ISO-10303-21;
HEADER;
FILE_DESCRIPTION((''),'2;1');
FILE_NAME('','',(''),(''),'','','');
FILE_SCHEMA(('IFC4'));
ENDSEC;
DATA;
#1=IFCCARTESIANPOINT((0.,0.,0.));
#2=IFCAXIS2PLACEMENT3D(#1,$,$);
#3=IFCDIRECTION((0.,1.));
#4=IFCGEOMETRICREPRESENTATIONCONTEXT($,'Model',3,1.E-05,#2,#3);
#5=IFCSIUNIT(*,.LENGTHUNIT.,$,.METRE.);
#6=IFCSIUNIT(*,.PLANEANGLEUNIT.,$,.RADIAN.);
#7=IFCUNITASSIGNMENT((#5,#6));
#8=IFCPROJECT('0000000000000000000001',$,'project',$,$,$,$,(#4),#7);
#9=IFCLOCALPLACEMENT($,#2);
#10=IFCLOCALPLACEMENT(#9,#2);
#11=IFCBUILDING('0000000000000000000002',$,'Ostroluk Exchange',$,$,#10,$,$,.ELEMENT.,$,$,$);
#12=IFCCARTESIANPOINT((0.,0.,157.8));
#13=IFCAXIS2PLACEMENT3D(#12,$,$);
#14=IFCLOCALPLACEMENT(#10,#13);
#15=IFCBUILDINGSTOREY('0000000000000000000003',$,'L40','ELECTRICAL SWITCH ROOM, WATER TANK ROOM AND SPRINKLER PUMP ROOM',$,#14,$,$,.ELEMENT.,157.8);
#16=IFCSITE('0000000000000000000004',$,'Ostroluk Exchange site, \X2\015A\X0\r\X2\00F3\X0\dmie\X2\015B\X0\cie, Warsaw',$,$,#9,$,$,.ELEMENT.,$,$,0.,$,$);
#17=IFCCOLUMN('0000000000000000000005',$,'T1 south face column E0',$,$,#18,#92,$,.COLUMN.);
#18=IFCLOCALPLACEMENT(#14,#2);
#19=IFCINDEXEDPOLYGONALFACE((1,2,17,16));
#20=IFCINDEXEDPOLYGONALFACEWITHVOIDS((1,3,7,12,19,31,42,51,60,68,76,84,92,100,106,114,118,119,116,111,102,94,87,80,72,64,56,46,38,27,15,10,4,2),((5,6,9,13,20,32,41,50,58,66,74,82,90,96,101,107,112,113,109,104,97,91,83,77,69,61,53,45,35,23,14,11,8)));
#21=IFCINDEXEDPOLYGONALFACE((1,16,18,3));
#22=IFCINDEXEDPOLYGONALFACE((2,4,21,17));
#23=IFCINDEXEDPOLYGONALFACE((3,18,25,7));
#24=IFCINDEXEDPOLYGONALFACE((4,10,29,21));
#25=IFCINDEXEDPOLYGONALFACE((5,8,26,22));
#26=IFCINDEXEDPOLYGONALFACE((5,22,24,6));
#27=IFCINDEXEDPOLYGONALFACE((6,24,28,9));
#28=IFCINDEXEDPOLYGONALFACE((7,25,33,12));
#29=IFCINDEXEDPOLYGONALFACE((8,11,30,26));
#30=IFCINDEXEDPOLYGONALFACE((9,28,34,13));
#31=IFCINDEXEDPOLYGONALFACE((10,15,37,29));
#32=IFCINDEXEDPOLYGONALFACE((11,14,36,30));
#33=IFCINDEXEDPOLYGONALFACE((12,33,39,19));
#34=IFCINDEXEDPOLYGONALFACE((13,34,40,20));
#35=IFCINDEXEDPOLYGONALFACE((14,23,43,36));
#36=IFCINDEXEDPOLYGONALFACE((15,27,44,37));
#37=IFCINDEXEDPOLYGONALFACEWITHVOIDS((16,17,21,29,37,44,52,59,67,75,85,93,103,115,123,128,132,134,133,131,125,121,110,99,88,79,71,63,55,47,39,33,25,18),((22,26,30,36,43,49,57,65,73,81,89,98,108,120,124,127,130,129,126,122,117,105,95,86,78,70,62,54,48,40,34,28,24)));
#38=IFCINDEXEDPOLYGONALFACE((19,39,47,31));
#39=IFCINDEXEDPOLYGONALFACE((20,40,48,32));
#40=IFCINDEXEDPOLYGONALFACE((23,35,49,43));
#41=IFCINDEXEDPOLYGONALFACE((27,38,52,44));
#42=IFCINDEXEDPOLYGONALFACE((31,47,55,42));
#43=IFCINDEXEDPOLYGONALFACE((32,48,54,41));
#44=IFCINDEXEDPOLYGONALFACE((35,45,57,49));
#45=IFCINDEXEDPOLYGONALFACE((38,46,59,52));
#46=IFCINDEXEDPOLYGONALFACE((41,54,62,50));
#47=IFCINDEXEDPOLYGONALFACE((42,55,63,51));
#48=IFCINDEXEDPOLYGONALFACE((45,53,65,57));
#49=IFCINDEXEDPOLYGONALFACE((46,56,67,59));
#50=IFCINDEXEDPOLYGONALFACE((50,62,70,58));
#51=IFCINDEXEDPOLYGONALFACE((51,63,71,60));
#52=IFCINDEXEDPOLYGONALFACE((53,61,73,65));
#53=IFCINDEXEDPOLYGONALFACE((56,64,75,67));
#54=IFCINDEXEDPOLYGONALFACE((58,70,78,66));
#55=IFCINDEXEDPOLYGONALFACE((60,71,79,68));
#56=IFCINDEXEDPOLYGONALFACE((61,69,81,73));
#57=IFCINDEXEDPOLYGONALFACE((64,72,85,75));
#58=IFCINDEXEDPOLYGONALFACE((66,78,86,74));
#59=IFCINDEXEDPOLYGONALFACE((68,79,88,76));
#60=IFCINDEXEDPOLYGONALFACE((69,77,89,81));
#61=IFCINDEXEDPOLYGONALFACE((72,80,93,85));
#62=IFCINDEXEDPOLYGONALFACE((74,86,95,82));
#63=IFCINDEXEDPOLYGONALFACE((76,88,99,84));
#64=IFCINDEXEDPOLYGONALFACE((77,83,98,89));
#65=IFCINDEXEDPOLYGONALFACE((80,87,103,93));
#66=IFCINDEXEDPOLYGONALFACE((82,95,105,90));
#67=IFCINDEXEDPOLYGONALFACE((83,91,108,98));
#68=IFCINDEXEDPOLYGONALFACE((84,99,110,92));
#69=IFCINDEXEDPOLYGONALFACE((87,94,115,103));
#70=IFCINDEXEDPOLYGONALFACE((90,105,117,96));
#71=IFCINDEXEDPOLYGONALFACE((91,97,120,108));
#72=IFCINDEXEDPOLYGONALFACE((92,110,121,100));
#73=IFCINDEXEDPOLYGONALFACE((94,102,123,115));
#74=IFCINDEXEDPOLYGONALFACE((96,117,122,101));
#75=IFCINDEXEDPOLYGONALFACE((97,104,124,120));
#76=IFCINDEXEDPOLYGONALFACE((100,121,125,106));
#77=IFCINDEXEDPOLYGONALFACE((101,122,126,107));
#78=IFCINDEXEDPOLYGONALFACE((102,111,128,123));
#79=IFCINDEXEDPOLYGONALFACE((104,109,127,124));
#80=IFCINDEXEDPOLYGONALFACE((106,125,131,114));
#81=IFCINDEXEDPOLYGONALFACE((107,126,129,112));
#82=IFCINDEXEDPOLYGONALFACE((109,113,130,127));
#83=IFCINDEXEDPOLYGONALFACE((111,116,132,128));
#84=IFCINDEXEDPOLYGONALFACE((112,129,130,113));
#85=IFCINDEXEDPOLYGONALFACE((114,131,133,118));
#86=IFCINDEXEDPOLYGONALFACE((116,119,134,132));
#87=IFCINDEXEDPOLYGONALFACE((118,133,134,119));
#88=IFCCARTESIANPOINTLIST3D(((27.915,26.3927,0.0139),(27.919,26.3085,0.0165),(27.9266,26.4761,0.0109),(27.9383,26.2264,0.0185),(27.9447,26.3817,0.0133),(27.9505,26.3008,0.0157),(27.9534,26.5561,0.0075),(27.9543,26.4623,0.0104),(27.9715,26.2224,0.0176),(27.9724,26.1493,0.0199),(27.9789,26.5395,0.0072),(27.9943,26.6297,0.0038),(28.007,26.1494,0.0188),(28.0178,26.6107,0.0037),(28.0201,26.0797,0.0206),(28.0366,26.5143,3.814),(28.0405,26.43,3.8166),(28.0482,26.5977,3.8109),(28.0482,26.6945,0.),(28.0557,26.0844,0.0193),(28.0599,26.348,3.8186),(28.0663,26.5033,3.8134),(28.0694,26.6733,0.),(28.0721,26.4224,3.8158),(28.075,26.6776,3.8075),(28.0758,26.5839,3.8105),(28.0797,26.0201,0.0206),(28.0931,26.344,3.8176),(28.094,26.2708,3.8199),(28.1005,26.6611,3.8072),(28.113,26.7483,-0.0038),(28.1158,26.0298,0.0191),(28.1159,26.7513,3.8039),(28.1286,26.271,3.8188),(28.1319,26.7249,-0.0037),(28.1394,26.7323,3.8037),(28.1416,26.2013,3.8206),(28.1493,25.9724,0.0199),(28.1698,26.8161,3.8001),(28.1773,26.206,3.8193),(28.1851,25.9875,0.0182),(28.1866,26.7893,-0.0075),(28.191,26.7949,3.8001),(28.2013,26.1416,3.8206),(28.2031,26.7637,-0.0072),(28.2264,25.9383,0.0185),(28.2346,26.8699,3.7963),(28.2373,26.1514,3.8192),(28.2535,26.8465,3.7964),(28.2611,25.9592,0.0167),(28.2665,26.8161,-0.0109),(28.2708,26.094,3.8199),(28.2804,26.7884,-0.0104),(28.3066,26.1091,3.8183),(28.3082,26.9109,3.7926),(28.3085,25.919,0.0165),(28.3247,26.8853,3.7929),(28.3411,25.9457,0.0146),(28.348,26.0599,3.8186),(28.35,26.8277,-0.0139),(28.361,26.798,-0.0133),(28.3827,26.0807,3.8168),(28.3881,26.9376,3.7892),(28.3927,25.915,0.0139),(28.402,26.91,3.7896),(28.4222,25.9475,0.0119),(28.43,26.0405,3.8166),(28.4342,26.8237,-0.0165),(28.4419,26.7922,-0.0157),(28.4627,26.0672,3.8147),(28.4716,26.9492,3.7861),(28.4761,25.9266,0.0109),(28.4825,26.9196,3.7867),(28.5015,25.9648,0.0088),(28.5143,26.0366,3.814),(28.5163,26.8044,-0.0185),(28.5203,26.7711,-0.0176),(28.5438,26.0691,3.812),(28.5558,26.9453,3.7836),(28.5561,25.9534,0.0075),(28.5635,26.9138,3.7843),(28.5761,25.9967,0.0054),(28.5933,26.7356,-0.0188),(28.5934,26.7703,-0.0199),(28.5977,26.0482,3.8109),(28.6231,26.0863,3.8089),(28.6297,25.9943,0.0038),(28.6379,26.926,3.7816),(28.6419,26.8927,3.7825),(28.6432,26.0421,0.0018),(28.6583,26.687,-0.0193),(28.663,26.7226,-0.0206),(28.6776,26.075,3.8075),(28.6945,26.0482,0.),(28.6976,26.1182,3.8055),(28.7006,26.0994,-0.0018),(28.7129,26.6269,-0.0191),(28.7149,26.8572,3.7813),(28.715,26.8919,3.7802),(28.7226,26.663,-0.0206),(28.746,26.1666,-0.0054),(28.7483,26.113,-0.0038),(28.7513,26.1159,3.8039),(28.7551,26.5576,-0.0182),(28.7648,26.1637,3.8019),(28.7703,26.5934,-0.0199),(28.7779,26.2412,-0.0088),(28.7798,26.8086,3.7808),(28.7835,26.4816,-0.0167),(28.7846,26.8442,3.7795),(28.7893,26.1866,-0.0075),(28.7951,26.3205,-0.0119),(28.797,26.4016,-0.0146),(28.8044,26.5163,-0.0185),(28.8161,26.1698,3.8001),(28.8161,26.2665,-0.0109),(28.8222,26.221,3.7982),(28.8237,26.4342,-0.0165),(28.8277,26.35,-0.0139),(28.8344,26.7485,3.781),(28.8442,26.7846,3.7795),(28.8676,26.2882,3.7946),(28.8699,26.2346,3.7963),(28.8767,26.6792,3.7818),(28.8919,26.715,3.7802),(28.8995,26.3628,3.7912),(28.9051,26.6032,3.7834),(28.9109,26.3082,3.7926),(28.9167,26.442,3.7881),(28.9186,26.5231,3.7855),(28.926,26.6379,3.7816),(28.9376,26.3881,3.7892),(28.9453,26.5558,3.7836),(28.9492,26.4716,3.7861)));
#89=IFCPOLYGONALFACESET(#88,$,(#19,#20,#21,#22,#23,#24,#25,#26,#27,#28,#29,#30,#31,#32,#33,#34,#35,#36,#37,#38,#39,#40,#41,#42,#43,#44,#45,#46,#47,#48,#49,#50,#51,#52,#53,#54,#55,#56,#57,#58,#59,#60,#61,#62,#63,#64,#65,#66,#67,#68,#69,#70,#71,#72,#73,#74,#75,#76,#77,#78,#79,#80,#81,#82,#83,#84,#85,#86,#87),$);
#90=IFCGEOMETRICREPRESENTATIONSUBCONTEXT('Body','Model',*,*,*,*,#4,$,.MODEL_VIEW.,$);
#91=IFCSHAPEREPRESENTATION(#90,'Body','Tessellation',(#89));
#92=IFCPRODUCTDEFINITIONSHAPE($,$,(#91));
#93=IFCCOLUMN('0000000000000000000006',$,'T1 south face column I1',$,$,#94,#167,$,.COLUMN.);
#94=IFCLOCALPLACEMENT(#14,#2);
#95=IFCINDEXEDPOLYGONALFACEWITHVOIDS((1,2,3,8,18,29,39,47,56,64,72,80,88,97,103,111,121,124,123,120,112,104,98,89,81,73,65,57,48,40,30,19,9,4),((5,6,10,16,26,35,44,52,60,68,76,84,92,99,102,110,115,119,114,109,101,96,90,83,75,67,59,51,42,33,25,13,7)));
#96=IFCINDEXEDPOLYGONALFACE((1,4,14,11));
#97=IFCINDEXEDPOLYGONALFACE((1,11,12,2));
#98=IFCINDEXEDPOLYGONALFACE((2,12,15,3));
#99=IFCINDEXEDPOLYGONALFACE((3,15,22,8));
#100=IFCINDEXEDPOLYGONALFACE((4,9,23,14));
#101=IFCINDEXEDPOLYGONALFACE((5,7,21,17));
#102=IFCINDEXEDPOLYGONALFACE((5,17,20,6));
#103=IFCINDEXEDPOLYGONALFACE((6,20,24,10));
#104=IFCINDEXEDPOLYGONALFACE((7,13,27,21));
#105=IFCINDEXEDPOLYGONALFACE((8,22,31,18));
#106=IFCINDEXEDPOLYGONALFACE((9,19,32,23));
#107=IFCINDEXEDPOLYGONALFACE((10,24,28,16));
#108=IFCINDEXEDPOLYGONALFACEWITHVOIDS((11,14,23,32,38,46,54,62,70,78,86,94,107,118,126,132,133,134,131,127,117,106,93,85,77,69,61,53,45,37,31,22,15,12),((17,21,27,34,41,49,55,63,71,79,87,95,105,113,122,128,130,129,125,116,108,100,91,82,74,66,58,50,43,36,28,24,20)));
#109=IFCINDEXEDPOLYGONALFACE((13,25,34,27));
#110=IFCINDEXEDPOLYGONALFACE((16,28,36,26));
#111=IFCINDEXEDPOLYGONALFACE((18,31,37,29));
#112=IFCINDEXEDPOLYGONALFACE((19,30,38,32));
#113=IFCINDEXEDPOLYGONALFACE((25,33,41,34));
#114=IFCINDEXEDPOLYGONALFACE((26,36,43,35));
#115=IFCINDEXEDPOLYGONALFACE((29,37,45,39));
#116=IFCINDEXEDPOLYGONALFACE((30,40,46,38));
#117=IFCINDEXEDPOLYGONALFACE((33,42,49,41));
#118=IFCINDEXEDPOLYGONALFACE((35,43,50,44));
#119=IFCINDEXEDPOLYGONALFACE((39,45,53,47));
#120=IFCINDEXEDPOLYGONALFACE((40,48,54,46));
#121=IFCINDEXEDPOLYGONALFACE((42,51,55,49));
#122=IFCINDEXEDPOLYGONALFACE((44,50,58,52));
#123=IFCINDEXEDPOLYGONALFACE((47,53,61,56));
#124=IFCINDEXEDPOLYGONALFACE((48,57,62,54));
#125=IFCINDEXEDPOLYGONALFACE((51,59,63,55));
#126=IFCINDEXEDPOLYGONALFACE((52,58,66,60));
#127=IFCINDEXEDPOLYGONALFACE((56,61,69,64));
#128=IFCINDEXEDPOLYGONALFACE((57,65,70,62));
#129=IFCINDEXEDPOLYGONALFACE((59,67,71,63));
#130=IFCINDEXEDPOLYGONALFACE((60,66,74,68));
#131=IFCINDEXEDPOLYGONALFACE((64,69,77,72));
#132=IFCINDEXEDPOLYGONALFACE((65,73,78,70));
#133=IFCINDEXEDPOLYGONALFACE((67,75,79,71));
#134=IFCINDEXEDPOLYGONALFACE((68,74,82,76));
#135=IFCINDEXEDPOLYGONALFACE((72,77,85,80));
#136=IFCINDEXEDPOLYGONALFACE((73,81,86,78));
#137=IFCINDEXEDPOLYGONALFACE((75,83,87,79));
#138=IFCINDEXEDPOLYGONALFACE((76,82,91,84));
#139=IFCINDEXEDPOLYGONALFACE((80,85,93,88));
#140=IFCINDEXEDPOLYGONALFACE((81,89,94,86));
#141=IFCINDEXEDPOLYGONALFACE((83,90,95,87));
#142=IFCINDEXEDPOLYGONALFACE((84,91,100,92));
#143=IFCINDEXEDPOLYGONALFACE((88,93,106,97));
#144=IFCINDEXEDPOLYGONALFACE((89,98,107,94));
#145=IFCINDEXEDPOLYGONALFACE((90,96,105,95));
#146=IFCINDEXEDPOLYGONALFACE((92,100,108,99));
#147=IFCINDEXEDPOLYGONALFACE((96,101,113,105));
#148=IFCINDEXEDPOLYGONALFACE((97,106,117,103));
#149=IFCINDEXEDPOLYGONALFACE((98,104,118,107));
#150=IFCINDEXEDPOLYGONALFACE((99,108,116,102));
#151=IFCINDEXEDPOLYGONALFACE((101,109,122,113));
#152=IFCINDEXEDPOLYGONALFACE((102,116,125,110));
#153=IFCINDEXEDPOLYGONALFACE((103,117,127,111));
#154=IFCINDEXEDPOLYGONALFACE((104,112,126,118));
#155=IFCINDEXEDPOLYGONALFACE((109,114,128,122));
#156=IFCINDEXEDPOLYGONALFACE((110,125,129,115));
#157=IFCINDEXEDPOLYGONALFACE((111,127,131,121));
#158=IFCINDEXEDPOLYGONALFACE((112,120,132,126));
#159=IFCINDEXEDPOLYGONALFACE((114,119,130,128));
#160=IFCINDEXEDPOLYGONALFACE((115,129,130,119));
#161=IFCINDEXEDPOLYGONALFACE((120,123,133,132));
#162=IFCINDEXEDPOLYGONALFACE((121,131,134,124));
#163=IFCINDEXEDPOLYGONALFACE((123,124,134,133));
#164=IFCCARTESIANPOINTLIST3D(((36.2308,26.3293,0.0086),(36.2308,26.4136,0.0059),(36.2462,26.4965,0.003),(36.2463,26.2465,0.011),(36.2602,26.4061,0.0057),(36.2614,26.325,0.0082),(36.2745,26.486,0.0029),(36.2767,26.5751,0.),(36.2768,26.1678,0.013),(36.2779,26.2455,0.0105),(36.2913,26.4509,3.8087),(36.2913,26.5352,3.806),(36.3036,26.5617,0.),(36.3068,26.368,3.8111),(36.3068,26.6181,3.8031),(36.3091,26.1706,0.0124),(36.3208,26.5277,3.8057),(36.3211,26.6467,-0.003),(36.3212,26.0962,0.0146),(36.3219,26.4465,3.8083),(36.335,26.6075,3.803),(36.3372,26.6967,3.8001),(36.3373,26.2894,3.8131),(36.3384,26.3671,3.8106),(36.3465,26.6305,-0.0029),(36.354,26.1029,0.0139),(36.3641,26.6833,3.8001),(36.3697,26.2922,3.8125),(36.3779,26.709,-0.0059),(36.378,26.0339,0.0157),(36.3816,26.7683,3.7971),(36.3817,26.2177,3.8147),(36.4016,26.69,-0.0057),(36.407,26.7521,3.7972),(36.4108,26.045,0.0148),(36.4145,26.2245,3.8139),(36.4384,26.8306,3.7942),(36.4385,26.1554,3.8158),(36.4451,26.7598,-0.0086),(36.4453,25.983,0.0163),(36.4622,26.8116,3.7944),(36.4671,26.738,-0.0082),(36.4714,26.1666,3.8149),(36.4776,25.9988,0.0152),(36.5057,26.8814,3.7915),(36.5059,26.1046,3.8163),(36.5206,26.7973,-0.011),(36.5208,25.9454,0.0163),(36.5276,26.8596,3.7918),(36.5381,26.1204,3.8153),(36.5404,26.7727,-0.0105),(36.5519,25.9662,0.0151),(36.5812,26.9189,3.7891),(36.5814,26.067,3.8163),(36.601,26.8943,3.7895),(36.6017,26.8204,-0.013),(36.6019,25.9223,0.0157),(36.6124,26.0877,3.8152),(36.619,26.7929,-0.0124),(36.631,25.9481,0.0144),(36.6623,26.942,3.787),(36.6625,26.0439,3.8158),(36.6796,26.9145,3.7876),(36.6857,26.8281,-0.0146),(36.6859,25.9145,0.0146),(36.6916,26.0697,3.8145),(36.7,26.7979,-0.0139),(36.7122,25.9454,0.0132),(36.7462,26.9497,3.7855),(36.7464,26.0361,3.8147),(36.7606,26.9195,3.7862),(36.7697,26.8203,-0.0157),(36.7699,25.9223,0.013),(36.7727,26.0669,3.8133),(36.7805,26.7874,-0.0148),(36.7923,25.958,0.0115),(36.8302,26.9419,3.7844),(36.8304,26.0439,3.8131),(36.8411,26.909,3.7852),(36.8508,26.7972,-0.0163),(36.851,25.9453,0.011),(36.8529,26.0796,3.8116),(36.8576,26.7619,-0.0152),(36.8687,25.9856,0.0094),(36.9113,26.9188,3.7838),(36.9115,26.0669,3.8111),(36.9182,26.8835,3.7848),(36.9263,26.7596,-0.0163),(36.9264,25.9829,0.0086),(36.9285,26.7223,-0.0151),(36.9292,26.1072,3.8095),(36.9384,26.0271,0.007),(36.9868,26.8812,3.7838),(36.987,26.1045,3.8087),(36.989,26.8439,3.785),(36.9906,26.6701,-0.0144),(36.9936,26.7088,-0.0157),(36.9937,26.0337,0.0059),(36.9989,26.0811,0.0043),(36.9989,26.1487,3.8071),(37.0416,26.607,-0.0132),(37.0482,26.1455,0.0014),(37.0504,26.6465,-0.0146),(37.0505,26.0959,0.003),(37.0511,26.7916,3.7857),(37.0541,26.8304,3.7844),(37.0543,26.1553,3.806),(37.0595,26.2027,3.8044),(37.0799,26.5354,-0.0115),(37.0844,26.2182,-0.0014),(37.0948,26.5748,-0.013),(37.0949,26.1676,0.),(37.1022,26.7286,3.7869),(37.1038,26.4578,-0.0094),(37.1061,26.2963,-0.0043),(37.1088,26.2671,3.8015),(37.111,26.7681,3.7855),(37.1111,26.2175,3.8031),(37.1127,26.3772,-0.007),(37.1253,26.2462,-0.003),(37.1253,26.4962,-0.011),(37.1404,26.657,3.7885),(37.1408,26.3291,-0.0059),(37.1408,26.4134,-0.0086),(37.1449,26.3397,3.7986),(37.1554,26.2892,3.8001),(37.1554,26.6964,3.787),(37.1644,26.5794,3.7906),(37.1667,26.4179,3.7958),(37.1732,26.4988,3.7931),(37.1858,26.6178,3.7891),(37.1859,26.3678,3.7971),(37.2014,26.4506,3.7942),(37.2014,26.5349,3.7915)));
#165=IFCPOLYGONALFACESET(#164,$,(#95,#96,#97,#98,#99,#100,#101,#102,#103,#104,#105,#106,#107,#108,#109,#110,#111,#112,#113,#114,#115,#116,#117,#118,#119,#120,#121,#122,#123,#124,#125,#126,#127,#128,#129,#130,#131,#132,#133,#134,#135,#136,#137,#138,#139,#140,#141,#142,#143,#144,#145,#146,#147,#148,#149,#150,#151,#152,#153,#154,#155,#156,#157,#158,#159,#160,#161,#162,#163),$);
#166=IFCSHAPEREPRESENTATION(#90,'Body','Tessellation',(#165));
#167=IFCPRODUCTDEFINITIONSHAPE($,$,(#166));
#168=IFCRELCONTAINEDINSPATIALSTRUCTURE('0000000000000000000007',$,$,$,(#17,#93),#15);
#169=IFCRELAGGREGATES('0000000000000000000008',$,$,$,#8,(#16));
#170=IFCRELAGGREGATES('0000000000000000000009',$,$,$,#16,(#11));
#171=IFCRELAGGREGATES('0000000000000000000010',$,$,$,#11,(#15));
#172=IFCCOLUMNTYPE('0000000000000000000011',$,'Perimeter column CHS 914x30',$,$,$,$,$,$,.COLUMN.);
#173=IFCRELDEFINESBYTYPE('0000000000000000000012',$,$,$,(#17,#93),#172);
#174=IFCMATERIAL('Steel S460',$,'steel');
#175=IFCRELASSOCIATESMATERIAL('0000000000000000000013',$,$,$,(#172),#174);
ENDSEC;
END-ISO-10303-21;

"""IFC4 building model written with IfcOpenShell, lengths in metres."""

from ifc_helpers import new_model, si_unit, direction, frame, origin, origin_2d, place, context, subcontext, project, spatial, hollow_circle, extrude, material, material_profile, profile_set, type_object, element, save


model = new_model("IFC4")

# Units and contexts
model_context = context("Model", 3, precision=1e-05, world=origin(), true_north=direction((0.0, 1.0)))
body_context = subcontext(model_context, "Body", "Model", "MODEL_VIEW")
ifc_project = project(units=[si_unit("LENGTHUNIT", "METRE"), si_unit("PLANEANGLEUNIT", "RADIAN")], contexts=[model_context])

# Site, building, storey
site_placement = place(None, origin())
site = spatial("IfcSite", under=ifc_project, at=site_placement, Name="Ostroluk Exchange site, Śródmieście, Warsaw", CompositionType="ELEMENT", RefElevation=0.0)
building_placement = place(site_placement, origin())
building = spatial("IfcBuilding", under=site, at=building_placement, Name="Ostroluk Exchange", CompositionType="ELEMENT")
storey_placement = place(building_placement, frame((0.0, 0.0, 157.8)))
storey = spatial("IfcBuildingStorey", under=building, at=storey_placement, Name="L40", Description="ELECTRICAL SWITCH ROOM, WATER TANK ROOM AND SPRINKLER PUMP ROOM", CompositionType="ELEMENT", Elevation=157.8)

# Columns
ifc_material_1 = material(Name="Steel S460", Category="steel")
ifc_material_profile_1 = material_profile(ifc_material_1, hollow_circle(Radius=0.457, WallThickness=0.03, at=origin_2d()), Name="CHS 914x30")
ifc_profile_set_1 = profile_set([ifc_material_profile_1], Name="Steel S460")
column_type = type_object("IfcColumnType", Name="Perimeter column CHS 914x30", PredefinedType="COLUMN", material=ifc_profile_set_1)
column_1_placement = place(storey_placement, frame((28.3713, 26.3713, 0.0), z_axis=(0.031962, 0.031962, 0.998978), x_axis=(-0.707107, 0.707107, 0.0)))
element("IfcColumn", 1, at=column_1_placement, inside=storey, type_object=column_type, Name="T1 south face column E0", PredefinedType="COLUMN", context=body_context, shape_type="SweptSolid", body=[
    extrude(hollow_circle(Radius=0.457, WallThickness=0.03, at=origin_2d()), origin(), (0.0, 0.0, 1.0), 3.804),
])
column_2_placement = place(storey_placement, frame((36.6858, 26.3713, 0.0), z_axis=(0.015923, 0.031974, 0.999362), x_axis=(-0.895145, 0.445775, 0.0)))
element("IfcColumn", 2, at=column_2_placement, inside=storey, type_object=column_type, Name="T1 south face column I1", PredefinedType="COLUMN", context=body_context, shape_type="SweptSolid", body=[
    extrude(hollow_circle(Radius=0.457, WallThickness=0.03, at=origin_2d()), origin(), (0.0, 0.0, 1.0), 3.8025),
])

save(model, "model.ifc")
